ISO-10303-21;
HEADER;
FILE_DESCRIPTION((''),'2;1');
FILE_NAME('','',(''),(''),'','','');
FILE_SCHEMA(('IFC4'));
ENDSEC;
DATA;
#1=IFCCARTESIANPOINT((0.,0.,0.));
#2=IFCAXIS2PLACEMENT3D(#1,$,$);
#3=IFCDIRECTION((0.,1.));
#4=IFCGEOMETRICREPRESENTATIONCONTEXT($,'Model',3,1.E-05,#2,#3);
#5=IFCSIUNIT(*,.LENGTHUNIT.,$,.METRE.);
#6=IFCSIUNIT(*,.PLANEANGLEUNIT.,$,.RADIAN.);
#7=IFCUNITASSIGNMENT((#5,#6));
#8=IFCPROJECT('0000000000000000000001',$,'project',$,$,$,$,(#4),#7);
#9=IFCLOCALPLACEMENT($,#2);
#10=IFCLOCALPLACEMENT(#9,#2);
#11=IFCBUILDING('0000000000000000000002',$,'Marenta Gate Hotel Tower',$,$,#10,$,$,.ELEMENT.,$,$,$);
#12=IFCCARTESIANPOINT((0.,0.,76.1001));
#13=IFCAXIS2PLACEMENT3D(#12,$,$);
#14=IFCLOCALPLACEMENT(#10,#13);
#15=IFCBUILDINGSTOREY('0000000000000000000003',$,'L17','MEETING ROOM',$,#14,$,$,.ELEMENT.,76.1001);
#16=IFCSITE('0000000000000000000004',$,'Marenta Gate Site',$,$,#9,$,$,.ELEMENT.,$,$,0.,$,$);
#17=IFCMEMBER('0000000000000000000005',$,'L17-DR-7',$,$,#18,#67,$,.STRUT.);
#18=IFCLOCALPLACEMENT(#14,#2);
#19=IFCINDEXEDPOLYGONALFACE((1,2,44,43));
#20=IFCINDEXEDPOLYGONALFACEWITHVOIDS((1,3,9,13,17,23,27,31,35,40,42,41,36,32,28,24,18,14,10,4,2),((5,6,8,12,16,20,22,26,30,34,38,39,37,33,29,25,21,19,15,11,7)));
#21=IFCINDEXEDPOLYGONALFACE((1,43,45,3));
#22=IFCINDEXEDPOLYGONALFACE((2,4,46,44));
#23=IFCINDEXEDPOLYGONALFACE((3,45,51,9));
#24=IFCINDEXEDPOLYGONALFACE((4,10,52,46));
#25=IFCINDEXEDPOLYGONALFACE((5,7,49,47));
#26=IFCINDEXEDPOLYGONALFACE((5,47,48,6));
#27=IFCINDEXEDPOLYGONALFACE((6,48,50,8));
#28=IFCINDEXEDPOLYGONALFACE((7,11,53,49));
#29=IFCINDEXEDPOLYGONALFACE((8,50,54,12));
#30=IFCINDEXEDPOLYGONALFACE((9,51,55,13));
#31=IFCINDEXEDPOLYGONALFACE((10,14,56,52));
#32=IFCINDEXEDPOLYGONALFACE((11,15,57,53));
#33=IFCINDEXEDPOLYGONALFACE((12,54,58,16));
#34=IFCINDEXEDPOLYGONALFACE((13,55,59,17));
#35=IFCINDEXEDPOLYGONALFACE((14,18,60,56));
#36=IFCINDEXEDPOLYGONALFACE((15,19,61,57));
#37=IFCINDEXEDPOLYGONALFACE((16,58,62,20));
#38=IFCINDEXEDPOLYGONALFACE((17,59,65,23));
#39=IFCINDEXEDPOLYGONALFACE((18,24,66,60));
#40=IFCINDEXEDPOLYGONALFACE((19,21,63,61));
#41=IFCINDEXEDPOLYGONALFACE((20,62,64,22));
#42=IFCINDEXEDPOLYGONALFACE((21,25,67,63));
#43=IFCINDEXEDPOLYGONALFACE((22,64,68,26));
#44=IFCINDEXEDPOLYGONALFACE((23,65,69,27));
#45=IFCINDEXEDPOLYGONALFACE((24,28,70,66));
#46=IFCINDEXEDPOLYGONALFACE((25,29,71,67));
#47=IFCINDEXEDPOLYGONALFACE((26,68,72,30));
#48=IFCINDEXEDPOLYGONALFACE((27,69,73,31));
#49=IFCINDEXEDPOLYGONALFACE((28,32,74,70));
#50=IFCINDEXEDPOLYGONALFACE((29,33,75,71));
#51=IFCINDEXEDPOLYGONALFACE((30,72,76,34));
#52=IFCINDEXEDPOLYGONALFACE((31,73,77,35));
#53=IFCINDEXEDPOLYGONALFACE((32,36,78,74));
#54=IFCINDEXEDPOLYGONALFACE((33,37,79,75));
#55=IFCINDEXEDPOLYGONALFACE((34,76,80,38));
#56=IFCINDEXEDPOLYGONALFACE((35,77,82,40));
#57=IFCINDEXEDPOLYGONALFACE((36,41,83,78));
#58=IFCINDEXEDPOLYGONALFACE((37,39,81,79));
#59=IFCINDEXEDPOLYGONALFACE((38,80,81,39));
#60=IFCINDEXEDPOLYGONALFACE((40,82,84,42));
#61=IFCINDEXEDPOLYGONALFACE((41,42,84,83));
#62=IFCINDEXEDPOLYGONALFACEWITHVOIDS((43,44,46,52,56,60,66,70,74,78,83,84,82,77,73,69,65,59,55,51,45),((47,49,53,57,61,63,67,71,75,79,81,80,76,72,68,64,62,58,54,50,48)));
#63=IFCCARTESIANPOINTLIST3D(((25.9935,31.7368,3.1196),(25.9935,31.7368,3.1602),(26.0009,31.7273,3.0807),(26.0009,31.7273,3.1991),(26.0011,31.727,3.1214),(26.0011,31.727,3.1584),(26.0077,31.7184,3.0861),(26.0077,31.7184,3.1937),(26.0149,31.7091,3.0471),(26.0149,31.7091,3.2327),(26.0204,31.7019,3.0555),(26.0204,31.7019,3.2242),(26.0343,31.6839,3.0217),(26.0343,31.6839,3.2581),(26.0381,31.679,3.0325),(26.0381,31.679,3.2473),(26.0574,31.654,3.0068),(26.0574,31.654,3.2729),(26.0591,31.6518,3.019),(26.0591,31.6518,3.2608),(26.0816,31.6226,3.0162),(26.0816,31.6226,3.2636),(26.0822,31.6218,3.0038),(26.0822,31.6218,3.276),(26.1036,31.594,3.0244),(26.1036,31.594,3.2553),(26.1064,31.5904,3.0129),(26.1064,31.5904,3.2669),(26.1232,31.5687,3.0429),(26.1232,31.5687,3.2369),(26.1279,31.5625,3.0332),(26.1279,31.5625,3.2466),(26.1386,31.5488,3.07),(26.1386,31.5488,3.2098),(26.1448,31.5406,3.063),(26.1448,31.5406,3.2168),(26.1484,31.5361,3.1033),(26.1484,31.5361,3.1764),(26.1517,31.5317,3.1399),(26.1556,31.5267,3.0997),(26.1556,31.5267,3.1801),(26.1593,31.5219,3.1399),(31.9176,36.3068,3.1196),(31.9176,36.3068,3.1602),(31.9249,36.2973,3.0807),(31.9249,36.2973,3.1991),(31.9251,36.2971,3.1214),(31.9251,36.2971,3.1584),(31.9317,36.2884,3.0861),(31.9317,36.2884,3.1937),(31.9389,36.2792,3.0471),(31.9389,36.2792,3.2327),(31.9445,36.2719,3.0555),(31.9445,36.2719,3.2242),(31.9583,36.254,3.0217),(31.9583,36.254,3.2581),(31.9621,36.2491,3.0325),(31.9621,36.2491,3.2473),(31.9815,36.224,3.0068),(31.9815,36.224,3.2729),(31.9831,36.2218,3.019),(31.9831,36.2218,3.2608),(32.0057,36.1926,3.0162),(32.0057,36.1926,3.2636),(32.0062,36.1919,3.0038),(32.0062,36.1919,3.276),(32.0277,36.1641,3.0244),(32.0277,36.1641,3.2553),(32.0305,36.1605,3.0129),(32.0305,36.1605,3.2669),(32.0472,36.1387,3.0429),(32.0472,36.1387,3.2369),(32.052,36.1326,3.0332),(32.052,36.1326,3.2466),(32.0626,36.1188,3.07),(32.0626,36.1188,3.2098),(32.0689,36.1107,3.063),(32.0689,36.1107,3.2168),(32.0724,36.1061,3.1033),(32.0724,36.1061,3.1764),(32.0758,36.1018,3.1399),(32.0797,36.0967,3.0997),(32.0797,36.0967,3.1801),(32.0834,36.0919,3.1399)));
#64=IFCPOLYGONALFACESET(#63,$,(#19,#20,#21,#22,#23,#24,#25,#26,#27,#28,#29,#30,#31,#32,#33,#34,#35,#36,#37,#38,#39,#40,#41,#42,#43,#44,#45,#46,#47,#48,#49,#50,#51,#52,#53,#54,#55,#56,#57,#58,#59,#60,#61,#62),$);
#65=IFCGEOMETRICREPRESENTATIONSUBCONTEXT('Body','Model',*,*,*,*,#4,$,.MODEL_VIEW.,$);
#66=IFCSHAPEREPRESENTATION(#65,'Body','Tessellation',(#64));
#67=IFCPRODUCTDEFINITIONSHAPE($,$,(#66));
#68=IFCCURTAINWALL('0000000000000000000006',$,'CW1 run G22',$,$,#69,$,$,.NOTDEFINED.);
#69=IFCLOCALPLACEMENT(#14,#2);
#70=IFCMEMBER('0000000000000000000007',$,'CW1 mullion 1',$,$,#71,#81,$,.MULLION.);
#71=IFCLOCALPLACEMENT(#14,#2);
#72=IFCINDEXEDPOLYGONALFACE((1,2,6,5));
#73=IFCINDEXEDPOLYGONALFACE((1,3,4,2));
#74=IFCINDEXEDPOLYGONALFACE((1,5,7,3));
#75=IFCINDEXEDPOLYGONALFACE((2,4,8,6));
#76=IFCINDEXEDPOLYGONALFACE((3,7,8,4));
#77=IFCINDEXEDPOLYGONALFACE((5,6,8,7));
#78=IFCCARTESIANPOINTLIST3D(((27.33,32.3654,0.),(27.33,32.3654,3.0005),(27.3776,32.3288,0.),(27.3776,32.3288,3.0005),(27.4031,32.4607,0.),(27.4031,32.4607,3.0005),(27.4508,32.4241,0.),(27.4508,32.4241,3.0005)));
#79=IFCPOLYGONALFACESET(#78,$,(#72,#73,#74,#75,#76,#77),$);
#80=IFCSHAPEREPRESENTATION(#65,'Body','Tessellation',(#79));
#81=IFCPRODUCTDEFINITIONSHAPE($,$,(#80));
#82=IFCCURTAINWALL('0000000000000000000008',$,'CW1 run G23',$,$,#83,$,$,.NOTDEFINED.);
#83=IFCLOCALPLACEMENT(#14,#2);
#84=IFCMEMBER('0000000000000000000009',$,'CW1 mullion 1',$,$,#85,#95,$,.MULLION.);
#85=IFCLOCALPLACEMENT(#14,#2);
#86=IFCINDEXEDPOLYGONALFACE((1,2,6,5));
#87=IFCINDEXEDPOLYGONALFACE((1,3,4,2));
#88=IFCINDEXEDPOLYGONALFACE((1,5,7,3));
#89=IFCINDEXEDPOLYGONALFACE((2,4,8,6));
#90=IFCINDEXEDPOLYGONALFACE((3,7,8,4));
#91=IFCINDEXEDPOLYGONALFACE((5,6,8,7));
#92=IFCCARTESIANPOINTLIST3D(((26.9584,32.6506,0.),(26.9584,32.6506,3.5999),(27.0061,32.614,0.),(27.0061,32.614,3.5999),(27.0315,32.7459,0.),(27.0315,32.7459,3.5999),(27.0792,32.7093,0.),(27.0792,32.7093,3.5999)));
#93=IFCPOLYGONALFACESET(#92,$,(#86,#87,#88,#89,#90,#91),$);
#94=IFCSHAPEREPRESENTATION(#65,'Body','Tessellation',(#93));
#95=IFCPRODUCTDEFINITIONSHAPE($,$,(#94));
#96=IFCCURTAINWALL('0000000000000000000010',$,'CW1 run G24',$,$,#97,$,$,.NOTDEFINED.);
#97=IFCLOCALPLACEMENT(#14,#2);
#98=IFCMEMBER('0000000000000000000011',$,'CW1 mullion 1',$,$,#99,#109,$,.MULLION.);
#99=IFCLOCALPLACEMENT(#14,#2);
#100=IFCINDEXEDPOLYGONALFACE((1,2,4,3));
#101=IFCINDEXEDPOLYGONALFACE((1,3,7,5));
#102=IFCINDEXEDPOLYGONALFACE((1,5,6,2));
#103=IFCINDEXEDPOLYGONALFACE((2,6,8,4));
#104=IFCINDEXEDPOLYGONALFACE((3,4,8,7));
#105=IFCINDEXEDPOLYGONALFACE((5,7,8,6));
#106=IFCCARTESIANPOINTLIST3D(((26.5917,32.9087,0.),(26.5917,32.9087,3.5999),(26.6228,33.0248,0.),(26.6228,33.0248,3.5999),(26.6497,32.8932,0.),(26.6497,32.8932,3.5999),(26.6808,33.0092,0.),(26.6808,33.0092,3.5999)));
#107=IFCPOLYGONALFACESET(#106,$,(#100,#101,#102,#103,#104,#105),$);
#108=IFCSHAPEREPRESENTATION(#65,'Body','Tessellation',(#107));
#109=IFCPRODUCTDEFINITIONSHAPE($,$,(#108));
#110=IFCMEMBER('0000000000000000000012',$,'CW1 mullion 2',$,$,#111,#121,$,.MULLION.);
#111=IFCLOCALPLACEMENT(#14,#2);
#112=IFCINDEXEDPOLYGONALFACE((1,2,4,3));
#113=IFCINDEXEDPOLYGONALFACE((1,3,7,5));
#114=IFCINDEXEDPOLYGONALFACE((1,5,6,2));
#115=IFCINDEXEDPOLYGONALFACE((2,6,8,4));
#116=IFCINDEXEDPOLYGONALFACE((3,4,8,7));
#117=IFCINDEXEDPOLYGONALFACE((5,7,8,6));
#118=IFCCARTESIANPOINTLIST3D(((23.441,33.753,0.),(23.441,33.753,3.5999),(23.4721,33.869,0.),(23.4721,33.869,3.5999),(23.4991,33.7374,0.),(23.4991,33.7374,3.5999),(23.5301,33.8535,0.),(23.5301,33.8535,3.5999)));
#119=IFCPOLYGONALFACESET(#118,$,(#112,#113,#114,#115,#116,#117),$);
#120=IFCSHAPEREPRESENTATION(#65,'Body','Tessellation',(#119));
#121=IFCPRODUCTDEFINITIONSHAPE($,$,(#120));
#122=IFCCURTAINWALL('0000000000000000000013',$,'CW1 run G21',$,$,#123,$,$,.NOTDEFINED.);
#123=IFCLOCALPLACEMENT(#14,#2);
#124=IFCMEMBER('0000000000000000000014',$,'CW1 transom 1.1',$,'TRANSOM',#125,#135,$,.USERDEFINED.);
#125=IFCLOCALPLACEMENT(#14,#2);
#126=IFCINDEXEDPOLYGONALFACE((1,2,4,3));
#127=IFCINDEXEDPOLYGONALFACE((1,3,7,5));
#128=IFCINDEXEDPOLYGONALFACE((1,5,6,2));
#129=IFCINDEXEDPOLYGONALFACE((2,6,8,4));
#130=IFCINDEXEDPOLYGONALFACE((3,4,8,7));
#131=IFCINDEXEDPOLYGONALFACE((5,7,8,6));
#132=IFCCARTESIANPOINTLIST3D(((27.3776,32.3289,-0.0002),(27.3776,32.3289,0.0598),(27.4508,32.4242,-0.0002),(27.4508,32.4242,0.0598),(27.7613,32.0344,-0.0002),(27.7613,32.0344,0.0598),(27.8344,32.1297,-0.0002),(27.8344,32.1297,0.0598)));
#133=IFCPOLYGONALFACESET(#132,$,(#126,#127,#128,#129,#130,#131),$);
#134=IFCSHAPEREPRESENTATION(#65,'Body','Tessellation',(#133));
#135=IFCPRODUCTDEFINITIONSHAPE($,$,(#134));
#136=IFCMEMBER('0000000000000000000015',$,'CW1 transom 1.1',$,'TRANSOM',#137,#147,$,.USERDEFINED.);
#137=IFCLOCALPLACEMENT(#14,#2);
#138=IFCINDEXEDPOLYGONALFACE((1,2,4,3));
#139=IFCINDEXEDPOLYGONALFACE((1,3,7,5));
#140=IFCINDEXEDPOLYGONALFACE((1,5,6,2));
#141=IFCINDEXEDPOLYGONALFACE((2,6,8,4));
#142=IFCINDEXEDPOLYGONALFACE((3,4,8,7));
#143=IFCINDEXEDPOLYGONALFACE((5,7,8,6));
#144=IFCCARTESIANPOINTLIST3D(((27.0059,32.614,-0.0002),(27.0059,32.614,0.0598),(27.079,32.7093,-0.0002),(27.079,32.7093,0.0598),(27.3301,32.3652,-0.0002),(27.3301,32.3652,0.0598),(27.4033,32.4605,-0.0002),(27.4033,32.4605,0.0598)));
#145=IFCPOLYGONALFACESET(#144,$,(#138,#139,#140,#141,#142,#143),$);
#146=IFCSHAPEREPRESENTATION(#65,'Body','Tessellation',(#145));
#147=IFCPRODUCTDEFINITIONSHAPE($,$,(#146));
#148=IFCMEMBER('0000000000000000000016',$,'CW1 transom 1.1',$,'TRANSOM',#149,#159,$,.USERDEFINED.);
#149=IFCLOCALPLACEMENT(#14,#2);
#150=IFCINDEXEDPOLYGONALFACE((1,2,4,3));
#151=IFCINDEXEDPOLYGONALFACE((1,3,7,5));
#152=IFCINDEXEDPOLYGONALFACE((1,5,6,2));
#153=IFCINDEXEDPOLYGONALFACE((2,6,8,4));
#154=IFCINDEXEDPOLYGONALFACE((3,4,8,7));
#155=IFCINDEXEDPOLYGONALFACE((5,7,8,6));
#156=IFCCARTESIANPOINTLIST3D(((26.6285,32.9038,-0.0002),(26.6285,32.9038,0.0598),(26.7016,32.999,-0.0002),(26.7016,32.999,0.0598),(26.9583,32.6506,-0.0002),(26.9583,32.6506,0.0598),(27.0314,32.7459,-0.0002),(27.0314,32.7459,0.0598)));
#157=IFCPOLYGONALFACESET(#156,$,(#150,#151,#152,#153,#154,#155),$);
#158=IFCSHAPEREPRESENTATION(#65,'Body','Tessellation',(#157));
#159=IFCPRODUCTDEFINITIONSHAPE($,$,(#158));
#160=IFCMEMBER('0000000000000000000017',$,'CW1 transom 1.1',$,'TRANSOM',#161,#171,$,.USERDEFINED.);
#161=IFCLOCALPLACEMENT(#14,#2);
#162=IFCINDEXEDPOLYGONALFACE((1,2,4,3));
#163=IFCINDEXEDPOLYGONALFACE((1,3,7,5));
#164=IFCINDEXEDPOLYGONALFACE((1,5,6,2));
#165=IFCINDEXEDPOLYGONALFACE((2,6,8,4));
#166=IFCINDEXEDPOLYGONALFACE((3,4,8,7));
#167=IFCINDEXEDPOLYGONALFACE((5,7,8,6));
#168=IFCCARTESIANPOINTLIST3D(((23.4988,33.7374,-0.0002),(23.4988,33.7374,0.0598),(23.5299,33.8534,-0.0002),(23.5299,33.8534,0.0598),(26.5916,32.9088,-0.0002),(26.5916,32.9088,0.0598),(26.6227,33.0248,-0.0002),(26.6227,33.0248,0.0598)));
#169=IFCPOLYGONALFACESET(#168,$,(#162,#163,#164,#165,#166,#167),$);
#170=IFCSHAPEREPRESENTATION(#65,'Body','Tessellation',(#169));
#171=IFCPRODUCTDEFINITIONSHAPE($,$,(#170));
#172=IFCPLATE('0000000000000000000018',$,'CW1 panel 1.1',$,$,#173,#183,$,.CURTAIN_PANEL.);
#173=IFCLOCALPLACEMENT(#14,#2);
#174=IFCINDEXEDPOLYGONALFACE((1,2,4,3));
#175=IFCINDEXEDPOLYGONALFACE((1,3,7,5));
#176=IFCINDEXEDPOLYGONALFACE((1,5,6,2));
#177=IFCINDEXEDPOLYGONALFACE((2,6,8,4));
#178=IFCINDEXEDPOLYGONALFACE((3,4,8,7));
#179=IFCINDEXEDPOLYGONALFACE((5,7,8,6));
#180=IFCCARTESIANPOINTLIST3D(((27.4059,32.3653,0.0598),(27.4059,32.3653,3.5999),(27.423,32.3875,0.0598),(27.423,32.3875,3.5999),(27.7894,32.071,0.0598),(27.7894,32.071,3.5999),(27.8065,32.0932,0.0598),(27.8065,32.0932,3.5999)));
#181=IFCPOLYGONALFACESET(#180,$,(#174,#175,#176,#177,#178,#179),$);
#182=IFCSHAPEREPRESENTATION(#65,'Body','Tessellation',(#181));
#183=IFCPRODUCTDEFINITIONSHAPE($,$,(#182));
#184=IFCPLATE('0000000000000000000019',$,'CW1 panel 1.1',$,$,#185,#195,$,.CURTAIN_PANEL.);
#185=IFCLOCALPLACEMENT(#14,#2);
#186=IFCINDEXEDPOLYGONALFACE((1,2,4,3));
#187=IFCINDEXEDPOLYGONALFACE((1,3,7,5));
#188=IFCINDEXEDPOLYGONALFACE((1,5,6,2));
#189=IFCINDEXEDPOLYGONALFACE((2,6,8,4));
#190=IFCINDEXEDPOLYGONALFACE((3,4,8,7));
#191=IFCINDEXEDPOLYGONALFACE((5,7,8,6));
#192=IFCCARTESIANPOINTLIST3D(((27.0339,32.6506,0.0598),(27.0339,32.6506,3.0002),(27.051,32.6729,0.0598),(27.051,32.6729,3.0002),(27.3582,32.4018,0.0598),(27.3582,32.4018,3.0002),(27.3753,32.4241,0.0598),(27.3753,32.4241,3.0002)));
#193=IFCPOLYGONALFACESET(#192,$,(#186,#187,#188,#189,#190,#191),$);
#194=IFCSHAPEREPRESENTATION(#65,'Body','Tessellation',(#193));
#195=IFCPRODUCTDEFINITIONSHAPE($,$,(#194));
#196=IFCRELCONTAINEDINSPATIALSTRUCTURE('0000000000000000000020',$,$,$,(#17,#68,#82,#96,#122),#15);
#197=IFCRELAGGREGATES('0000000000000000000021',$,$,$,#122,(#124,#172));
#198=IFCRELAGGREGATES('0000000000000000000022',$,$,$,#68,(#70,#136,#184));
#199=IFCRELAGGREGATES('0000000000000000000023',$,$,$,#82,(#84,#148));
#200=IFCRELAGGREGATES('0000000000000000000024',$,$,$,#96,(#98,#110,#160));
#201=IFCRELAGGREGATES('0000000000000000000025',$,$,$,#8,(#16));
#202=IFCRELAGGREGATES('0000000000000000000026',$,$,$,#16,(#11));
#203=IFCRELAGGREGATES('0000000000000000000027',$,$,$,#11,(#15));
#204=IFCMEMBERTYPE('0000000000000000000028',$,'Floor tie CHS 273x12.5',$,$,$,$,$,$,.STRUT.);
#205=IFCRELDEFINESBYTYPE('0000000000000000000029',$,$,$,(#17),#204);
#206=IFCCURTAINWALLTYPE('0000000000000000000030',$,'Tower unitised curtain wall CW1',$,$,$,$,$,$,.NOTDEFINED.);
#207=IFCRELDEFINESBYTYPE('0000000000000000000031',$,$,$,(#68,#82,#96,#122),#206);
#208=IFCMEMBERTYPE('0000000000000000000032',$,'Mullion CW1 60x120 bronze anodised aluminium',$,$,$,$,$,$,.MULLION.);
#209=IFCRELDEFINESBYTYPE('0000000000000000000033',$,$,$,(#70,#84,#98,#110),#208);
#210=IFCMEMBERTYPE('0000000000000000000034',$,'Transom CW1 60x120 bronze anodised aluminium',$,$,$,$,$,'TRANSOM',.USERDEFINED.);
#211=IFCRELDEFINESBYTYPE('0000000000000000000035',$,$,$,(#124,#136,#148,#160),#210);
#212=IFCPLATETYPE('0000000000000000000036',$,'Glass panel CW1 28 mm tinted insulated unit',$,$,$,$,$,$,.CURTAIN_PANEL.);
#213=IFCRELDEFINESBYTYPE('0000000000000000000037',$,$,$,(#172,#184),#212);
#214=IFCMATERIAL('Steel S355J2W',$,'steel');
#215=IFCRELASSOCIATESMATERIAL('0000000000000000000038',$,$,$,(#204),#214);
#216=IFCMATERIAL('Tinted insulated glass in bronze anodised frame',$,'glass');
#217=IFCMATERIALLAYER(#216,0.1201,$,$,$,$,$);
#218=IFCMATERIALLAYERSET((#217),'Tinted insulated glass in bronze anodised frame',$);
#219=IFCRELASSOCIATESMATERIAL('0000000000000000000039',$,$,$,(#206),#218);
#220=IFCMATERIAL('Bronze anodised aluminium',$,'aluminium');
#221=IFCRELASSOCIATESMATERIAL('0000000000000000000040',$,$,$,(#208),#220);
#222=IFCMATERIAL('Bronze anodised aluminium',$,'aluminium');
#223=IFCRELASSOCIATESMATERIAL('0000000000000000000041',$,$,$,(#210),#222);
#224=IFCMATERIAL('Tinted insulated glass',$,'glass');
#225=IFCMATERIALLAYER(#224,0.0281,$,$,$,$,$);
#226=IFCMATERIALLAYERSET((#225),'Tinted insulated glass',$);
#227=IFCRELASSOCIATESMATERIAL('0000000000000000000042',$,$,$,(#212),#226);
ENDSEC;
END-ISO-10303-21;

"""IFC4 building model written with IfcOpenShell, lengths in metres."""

from ifc_helpers import new_model, si_unit, direction, frame, origin, origin_2d, place, context, subcontext, project, spatial, rectangle, hollow_circle, extrude, material, layer, layer_set, material_profile, profile_set, type_object, element, aggregate, save


model = new_model("IFC4")

# Units and contexts
model_context = context("Model", 3, precision=1e-05, world=origin(), true_north=direction((0.0, 1.0)))
body_context = subcontext(model_context, "Body", "Model", "MODEL_VIEW")
ifc_project = project(units=[si_unit("LENGTHUNIT", "METRE"), si_unit("PLANEANGLEUNIT", "RADIAN")], contexts=[model_context])

# Site, building, storey
site_placement = place(None, origin())
site = spatial("IfcSite", under=ifc_project, at=site_placement, Name="Marenta Gate Site", CompositionType="ELEMENT", RefElevation=0.0)
building_placement = place(site_placement, origin())
building = spatial("IfcBuilding", under=site, at=building_placement, Name="Marenta Gate Hotel Tower", CompositionType="ELEMENT")
storey_placement = place(building_placement, frame((0.0, 0.0, 76.1001)))
storey = spatial("IfcBuildingStorey", under=building, at=storey_placement, Name="L17", Description="MEETING ROOM", CompositionType="ELEMENT", Elevation=76.1001)

# Member
ifc_material_1 = material(Name="Steel S355J2W", Category="steel")
ifc_material_profile_1 = material_profile(ifc_material_1, hollow_circle(Radius=0.1365, WallThickness=0.0125, at=origin_2d()), Name="CHS 273x12.5")
ifc_profile_set_1 = profile_set([ifc_material_profile_1], Name="Steel S355J2W")
member_type_1 = type_object("IfcMemberType", Name="Floor tie CHS 273x12.5", PredefinedType="STRUT", material=ifc_profile_set_1)
member_1_placement = place(storey_placement, frame((32.0, 36.2, 3.1399), z_axis=(-0.791778, -0.610809, 0.0), x_axis=(0.610809, -0.791778, 0.0)))
element("IfcMember", 1, at=member_1_placement, inside=storey, type_object=member_type_1, Name="L17-DR-7", PredefinedType="STRUT", context=body_context, shape_type="SweptSolid", body=[
    extrude(hollow_circle(Radius=0.1365, WallThickness=0.0125, at=origin_2d()), origin(), (0.0, 0.0, 1.0), 7.4819),
])

# Curtain walls, members
ifc_material_2 = material(Name="Tinted insulated glass in bronze anodised frame", Category="glass")
ifc_layer_1 = layer(ifc_material_2, 0.1201)
ifc_layer_set_1 = layer_set([ifc_layer_1], Name="Tinted insulated glass in bronze anodised frame")
curtain_wall_type = type_object("IfcCurtainWallType", Name="Tower unitised curtain wall CW1", PredefinedType="NOTDEFINED", material=ifc_layer_set_1)
curtain_wall_1_placement = place(storey_placement, origin())
curtain_wall_1 = element("IfcCurtainWall", 2, at=curtain_wall_1_placement, inside=storey, type_object=curtain_wall_type, Name="CW1 run G22", PredefinedType="NOTDEFINED")
ifc_material_3 = material(Name="Bronze anodised aluminium", Category="aluminium")
ifc_material_profile_2 = material_profile(ifc_material_3, rectangle(XDim=0.1201, YDim=0.0601, at=origin_2d()), Name="Mullion CW1 60x120 bronze anodised aluminium")
ifc_profile_set_2 = profile_set([ifc_material_profile_2], Name="Bronze anodised aluminium")
member_type_2 = type_object("IfcMemberType", Name="Mullion CW1 60x120 bronze anodised aluminium", PredefinedType="MULLION", material=ifc_profile_set_2)
member_2_placement = place(storey_placement, frame((27.3904, 32.3948, 0.0), z_axis=(0.0, 0.0, 1.0), x_axis=(-0.608772, -0.793345, 0.0)))
member_2 = element("IfcMember", 3, at=member_2_placement, type_object=member_type_2, Name="CW1 mullion 1", PredefinedType="MULLION", context=body_context, shape_type="SweptSolid", body=[
    extrude(rectangle(XDim=0.1201, YDim=0.0601, at=origin_2d()), origin(), (0.0, 0.0, 1.0), 3.0005),
])
curtain_wall_2_placement = place(storey_placement, origin())
curtain_wall_2 = element("IfcCurtainWall", 4, at=curtain_wall_2_placement, inside=storey, type_object=curtain_wall_type, Name="CW1 run G23", PredefinedType="NOTDEFINED")
member_3_placement = place(storey_placement, frame((27.0188, 32.6799, 0.0), z_axis=(0.0, 0.0, 1.0), x_axis=(-0.608776, -0.793342, 0.0)))
member_3 = element("IfcMember", 5, at=member_3_placement, type_object=member_type_2, Name="CW1 mullion 1", PredefinedType="MULLION", context=body_context, shape_type="SweptSolid", body=[
    extrude(rectangle(XDim=0.1201, YDim=0.0601, at=origin_2d()), origin(), (0.0, 0.0, 1.0), 3.5999),
])

# Curtain wall, members
curtain_wall_3_placement = place(storey_placement, origin())
curtain_wall_3 = element("IfcCurtainWall", 6, at=curtain_wall_3_placement, inside=storey, type_object=curtain_wall_type, Name="CW1 run G24", PredefinedType="NOTDEFINED")
member_4_placement = place(storey_placement, frame((26.6362, 32.959, 0.0), z_axis=(0.0, 0.0, 1.0), x_axis=(-0.258807, -0.965929, 0.0)))
member_4 = element("IfcMember", 7, at=member_4_placement, type_object=member_type_2, Name="CW1 mullion 1", PredefinedType="MULLION", context=body_context, shape_type="SweptSolid", body=[
    extrude(rectangle(XDim=0.1201, YDim=0.0601, at=origin_2d()), origin(), (0.0, 0.0, 1.0), 3.5999),
])
member_5_placement = place(storey_placement, frame((23.4856, 33.8032, 0.0), z_axis=(0.0, 0.0, 1.0), x_axis=(-0.258807, -0.965929, 0.0)))
member_5 = element("IfcMember", 8, at=member_5_placement, type_object=member_type_2, Name="CW1 mullion 2", PredefinedType="MULLION", context=body_context, shape_type="SweptSolid", body=[
    extrude(rectangle(XDim=0.1201, YDim=0.0601, at=origin_2d()), origin(), (0.0, 0.0, 1.0), 3.5999),
])

# Curtain wall, member
curtain_wall_4_placement = place(storey_placement, origin())
curtain_wall_4 = element("IfcCurtainWall", 9, at=curtain_wall_4_placement, inside=storey, type_object=curtain_wall_type, Name="CW1 run G21", PredefinedType="NOTDEFINED")
ifc_material_4 = material(Name="Bronze anodised aluminium", Category="aluminium")
ifc_material_profile_3 = material_profile(ifc_material_4, rectangle(XDim=0.1201, YDim=0.0601, at=origin_2d()), Name="Transom CW1 60x120 bronze anodised aluminium")
ifc_profile_set_3 = profile_set([ifc_material_profile_3], Name="Bronze anodised aluminium")
member_type_3 = type_object("IfcMemberType", Name="Transom CW1 60x120 bronze anodised aluminium", ElementType="TRANSOM", PredefinedType="USERDEFINED", material=ifc_profile_set_3)
member_6_placement = place(storey_placement, frame((27.7979, 32.082, 0.0298), z_axis=(-0.793224, 0.60893, 0.0), x_axis=(-0.60893, -0.793224, 0.0)))
member_6 = element("IfcMember", 10, at=member_6_placement, type_object=member_type_3, Name="CW1 transom 1.1", ObjectType="TRANSOM", PredefinedType="USERDEFINED", context=body_context, shape_type="SweptSolid", body=[
    extrude(rectangle(XDim=0.1201, YDim=0.0601, at=origin_2d()), origin(), (0.0, 0.0, 1.0), 0.4836),
])

# Members
member_7_placement = place(storey_placement, frame((27.3667, 32.4128, 0.0298), z_axis=(-0.793356, 0.608758, 0.0), x_axis=(-0.608758, -0.793356, 0.0)))
member_7 = element("IfcMember", 11, at=member_7_placement, type_object=member_type_3, Name="CW1 transom 1.1", ObjectType="TRANSOM", PredefinedType="USERDEFINED", context=body_context, shape_type="SweptSolid", body=[
    extrude(rectangle(XDim=0.1201, YDim=0.0601, at=origin_2d()), origin(), (0.0, 0.0, 1.0), 0.4087),
])
member_8_placement = place(storey_placement, frame((26.9949, 32.6982, 0.0298), z_axis=(-0.793257, 0.608888, 0.0), x_axis=(-0.608888, -0.793257, 0.0)))
member_8 = element("IfcMember", 12, at=member_8_placement, type_object=member_type_3, Name="CW1 transom 1.1", ObjectType="TRANSOM", PredefinedType="USERDEFINED", context=body_context, shape_type="SweptSolid", body=[
    extrude(rectangle(XDim=0.1201, YDim=0.0601, at=origin_2d()), origin(), (0.0, 0.0, 1.0), 0.4158),
])
member_9_placement = place(storey_placement, frame((26.6072, 32.9668, 0.0298), z_axis=(-0.965933, 0.258792, 0.0), x_axis=(-0.258792, -0.965933, 0.0)))
member_9 = element("IfcMember", 13, at=member_9_placement, type_object=member_type_3, Name="CW1 transom 1.1", ObjectType="TRANSOM", PredefinedType="USERDEFINED", context=body_context, shape_type="SweptSolid", body=[
    extrude(rectangle(XDim=0.1201, YDim=0.0601, at=origin_2d()), origin(), (0.0, 0.0, 1.0), 3.2019),
])

# Plates
ifc_material_5 = material(Name="Tinted insulated glass", Category="glass")
ifc_layer_2 = layer(ifc_material_5, 0.0281)
ifc_layer_set_2 = layer_set([ifc_layer_2], Name="Tinted insulated glass")
plate_type = type_object("IfcPlateType", Name="Glass panel CW1 28 mm tinted insulated unit", PredefinedType="CURTAIN_PANEL", material=ifc_layer_set_2)
plate_1_placement = place(storey_placement, frame((27.6062, 32.2292, 0.0598), z_axis=(0.0, 0.0, 1.0), x_axis=(-0.793328, 0.608795, 0.0)))
plate_1 = element("IfcPlate", 14, at=plate_1_placement, type_object=plate_type, Name="CW1 panel 1.1", PredefinedType="CURTAIN_PANEL", context=body_context, shape_type="SweptSolid", body=[
    extrude(rectangle(XDim=0.4834, YDim=0.0281, at=origin_2d()), origin(), (0.0, 0.0, 1.0), 3.54),
])
aggregate(curtain_wall_4, [member_6, plate_1])
plate_2_placement = place(storey_placement, frame((27.2046, 32.5374, 0.0598), z_axis=(0.0, 0.0, 1.0), x_axis=(-0.793345, 0.608772, 0.0)))
plate_2 = element("IfcPlate", 15, at=plate_2_placement, type_object=plate_type, Name="CW1 panel 1.1", PredefinedType="CURTAIN_PANEL", context=body_context, shape_type="SweptSolid", body=[
    extrude(rectangle(XDim=0.4087, YDim=0.0281, at=origin_2d()), origin(), (0.0, 0.0, 1.0), 2.9404),
])
aggregate(curtain_wall_1, [member_2, member_7, plate_2])
aggregate(curtain_wall_2, [member_3, member_8])
aggregate(curtain_wall_3, [member_4, member_5, member_9])

save(model, "model.ifc")
